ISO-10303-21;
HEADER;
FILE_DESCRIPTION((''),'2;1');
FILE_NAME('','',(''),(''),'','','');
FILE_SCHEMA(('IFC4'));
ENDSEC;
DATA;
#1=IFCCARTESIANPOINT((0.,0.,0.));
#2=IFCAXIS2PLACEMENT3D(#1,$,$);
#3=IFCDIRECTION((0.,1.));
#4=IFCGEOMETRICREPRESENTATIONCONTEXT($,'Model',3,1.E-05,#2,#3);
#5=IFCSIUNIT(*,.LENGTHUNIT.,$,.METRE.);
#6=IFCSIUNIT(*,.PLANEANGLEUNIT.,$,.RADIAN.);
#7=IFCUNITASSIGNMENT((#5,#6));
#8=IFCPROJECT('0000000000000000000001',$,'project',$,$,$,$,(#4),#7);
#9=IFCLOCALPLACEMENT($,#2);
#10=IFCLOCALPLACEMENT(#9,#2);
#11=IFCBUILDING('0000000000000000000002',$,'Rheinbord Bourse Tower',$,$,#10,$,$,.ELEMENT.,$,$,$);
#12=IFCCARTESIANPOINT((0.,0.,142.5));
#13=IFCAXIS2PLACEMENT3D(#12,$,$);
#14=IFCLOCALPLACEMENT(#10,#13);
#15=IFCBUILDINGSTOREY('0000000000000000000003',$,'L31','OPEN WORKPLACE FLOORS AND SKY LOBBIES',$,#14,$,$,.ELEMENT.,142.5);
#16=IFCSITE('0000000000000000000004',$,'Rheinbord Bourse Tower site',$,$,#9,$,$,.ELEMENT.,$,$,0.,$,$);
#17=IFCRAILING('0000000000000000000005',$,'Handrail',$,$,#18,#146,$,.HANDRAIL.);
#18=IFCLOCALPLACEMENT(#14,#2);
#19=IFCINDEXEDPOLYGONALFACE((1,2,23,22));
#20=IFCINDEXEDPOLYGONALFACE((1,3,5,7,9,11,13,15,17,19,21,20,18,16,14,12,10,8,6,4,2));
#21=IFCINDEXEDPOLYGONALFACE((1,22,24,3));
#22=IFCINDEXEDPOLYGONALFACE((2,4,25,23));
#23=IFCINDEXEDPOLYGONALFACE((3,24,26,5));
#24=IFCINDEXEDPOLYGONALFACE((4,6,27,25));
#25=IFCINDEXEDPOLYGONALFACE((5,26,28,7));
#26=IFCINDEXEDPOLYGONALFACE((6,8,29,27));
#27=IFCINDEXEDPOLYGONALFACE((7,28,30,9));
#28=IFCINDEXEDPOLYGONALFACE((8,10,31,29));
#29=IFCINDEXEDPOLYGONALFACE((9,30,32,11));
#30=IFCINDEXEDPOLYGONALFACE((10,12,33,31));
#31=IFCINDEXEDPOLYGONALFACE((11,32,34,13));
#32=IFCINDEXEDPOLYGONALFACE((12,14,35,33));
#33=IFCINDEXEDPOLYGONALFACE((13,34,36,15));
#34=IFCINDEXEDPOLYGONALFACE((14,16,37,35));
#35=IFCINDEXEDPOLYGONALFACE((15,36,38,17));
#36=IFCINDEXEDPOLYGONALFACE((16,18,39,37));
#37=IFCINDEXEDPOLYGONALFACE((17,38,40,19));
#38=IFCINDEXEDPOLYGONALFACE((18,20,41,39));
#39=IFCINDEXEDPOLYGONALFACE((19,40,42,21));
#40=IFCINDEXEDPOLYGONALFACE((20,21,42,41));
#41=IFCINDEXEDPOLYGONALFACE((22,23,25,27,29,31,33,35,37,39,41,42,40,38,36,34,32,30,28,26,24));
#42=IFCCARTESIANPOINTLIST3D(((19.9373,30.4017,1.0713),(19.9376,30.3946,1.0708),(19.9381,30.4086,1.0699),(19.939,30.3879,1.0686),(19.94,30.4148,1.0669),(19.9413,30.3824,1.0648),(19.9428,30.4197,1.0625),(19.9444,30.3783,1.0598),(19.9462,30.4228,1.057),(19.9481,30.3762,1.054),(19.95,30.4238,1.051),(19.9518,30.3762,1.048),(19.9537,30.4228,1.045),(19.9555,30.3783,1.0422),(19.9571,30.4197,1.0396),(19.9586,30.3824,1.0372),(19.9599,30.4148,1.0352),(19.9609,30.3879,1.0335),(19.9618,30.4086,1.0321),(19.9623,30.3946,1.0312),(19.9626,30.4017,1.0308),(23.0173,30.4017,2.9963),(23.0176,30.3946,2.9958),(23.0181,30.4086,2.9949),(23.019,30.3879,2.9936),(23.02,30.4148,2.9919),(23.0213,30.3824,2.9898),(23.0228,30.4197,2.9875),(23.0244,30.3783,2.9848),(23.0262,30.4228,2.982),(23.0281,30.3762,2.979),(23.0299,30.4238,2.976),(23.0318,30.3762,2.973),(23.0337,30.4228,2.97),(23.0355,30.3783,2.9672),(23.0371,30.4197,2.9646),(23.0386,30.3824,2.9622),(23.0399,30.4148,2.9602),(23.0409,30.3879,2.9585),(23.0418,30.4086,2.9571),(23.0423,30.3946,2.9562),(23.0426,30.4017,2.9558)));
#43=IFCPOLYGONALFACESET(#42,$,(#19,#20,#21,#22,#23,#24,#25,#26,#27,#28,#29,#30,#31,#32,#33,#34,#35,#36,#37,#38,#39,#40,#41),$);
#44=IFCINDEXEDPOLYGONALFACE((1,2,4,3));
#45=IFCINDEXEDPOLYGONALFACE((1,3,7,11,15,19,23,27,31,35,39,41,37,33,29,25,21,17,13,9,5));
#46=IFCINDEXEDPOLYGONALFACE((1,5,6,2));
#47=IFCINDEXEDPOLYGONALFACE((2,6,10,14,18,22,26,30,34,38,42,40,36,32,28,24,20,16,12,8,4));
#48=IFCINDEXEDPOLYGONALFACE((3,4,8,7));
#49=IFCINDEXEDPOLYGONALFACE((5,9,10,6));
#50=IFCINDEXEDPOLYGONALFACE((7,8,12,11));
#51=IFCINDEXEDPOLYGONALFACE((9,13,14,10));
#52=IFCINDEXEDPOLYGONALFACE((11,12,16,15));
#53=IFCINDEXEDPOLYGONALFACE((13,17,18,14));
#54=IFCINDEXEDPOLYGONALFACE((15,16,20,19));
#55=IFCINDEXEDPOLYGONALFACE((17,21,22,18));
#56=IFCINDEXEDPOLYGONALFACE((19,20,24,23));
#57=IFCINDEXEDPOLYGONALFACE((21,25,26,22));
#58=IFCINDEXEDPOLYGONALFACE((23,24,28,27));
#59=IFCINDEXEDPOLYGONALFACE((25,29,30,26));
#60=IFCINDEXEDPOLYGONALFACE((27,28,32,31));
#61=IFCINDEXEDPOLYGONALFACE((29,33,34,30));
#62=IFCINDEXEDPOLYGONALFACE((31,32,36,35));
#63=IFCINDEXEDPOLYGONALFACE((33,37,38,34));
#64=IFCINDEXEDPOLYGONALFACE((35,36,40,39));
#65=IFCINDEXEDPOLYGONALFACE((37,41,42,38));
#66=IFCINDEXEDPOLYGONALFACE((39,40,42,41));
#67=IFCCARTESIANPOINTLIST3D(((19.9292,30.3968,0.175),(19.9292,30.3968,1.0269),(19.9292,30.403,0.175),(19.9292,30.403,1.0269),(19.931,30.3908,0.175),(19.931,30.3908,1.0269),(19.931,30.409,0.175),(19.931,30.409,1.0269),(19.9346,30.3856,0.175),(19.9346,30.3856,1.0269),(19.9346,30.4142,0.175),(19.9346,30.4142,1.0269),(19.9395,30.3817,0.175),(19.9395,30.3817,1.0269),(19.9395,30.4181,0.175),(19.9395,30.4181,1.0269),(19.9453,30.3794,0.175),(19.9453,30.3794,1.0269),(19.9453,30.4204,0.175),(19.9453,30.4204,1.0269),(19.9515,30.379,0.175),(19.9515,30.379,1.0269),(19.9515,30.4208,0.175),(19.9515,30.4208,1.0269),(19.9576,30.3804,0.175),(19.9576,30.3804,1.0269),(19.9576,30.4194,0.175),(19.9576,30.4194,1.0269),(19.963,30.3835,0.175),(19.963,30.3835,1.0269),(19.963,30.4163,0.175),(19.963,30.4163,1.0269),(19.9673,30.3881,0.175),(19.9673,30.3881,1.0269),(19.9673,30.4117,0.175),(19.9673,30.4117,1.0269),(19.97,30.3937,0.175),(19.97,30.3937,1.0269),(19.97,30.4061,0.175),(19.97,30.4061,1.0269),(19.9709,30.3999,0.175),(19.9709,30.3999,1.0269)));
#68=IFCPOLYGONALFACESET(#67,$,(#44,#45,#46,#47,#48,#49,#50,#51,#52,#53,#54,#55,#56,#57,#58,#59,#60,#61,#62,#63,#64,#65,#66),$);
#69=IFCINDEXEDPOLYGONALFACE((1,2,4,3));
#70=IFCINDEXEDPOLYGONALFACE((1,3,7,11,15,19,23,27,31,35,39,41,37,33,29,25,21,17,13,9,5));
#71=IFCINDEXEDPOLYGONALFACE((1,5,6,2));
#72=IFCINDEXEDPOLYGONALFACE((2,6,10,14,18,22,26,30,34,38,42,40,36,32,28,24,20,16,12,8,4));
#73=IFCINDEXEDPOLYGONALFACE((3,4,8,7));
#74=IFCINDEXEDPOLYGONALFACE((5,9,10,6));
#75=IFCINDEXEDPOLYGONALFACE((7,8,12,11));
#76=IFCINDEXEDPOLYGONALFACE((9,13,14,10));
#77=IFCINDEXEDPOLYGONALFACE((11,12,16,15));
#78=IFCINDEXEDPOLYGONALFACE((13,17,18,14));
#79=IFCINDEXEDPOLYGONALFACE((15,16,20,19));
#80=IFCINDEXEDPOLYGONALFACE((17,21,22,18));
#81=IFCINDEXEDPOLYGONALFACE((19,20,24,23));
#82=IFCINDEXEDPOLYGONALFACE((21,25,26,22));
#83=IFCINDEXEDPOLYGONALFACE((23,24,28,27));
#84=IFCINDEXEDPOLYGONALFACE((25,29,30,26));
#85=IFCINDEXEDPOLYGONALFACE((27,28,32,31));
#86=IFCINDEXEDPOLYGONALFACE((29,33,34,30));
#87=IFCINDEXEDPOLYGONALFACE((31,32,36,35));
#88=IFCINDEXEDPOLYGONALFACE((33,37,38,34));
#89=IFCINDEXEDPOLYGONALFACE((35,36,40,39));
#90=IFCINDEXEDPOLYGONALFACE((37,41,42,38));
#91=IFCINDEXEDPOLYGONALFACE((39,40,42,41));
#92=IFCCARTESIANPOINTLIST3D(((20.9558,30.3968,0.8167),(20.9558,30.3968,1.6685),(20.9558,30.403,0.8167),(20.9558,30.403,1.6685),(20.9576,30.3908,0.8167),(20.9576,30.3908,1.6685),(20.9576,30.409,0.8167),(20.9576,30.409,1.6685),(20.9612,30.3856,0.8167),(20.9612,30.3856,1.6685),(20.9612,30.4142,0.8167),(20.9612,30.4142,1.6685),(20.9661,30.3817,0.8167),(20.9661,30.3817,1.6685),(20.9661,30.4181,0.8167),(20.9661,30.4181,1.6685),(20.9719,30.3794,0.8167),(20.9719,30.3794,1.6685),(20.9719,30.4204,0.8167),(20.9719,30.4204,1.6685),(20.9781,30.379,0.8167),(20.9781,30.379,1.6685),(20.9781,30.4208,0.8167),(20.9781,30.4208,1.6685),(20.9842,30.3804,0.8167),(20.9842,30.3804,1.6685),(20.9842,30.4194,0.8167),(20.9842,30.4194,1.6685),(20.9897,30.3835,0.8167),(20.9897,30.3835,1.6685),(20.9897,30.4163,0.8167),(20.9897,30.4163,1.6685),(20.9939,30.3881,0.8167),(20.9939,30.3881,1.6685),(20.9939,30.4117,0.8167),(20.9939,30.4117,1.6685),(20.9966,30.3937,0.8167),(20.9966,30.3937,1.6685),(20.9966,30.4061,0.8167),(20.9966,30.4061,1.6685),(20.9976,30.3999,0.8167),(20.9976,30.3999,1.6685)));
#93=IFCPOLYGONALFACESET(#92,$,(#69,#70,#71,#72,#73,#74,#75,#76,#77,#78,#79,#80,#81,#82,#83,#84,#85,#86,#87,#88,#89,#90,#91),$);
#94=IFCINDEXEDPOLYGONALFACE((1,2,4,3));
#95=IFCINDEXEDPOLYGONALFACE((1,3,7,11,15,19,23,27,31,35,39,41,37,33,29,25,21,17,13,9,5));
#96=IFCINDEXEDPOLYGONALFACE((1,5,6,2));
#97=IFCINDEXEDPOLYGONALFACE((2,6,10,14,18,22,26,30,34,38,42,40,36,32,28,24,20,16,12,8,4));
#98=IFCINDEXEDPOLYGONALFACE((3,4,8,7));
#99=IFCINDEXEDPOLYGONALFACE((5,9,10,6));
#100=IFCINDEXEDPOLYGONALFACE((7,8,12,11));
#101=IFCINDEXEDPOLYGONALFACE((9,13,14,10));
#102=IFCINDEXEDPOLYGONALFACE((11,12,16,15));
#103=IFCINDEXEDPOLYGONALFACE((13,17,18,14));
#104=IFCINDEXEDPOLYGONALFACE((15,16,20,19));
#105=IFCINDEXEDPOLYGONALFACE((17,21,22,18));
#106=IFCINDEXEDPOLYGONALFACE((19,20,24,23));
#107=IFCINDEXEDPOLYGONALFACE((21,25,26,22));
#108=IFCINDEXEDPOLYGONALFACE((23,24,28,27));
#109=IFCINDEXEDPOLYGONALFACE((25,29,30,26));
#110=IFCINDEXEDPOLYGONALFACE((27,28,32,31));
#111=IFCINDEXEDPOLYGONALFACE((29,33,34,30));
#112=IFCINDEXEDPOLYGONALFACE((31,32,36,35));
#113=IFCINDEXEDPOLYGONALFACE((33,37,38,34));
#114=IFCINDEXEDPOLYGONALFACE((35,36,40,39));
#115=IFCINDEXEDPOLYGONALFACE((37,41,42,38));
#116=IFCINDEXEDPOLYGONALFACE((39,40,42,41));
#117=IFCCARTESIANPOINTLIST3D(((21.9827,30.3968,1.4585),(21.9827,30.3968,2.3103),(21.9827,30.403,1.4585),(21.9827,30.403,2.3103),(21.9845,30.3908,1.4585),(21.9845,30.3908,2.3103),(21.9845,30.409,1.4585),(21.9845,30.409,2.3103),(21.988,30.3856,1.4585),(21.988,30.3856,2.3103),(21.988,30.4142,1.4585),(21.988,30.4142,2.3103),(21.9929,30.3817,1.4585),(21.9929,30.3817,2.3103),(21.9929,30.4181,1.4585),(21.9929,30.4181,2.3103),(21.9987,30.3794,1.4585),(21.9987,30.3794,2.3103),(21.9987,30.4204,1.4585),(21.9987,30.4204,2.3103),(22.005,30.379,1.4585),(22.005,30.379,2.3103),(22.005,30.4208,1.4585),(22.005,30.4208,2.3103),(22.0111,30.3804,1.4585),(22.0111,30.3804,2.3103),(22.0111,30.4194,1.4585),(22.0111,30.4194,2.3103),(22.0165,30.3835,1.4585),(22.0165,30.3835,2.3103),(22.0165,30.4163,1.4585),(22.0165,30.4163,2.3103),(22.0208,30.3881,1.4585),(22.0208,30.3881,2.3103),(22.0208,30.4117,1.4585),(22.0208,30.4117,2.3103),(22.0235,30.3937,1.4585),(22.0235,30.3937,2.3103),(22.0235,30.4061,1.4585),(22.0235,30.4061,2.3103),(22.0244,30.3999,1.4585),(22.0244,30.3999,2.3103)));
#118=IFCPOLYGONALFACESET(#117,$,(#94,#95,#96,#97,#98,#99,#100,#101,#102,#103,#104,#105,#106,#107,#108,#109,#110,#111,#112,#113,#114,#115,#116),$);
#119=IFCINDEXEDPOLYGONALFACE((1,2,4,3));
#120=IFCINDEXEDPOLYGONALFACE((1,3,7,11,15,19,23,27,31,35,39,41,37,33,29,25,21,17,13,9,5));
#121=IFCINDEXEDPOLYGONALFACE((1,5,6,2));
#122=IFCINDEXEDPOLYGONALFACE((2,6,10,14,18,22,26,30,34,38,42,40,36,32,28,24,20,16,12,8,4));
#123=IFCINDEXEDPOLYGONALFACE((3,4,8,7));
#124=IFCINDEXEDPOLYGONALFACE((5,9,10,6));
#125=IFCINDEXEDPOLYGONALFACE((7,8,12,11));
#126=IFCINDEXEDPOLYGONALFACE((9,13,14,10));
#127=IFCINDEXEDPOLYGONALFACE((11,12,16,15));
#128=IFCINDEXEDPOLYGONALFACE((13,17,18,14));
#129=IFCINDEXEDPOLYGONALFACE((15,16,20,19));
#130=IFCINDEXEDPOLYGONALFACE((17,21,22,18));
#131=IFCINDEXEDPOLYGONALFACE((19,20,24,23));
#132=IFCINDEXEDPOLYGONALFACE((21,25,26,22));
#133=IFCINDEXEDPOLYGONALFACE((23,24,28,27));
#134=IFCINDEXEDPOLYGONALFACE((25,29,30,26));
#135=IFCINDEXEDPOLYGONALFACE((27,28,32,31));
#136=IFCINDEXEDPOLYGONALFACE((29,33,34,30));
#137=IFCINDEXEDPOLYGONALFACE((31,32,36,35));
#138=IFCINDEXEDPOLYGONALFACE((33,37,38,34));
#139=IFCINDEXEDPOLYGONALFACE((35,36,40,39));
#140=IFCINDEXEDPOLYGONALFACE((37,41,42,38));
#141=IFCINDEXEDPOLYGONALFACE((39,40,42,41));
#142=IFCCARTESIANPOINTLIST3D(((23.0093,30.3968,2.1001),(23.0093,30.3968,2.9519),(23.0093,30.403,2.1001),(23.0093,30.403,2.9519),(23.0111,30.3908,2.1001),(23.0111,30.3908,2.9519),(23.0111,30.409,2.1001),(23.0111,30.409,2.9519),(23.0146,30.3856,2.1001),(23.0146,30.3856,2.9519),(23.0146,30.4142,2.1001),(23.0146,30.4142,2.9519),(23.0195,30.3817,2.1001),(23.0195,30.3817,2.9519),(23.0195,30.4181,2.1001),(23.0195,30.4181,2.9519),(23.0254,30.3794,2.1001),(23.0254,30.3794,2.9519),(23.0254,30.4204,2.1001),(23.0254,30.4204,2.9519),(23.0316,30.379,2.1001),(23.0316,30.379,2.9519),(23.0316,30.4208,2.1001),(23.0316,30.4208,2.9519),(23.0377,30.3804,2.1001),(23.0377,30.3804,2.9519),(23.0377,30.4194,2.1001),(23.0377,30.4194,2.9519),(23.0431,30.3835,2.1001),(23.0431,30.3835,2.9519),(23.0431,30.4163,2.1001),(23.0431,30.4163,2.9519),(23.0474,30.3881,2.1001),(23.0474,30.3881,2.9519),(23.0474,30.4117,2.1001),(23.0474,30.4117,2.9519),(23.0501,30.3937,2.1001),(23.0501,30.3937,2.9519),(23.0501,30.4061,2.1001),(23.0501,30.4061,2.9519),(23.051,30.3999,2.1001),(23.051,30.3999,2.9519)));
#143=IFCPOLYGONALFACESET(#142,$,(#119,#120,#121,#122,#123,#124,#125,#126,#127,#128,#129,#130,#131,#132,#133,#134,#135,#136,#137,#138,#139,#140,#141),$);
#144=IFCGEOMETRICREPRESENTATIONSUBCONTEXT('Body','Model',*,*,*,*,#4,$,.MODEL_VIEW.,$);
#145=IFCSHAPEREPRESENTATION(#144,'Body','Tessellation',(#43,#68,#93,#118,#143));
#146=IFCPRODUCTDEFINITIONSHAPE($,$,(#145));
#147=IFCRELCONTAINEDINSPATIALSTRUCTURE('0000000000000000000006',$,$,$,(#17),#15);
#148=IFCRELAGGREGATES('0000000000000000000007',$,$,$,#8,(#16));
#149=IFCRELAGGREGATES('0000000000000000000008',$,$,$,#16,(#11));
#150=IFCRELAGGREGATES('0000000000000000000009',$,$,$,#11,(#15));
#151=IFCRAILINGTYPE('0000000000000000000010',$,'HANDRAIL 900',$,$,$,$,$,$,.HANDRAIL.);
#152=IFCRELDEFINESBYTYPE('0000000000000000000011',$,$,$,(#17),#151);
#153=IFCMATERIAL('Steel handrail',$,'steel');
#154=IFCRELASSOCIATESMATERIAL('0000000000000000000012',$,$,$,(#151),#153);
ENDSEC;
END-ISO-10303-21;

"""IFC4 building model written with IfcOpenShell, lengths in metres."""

from ifc_helpers import new_model, si_unit, direction, frame, origin, origin_2d, place, context, subcontext, project, spatial, circle, extrude, material, type_object, element, save


model = new_model("IFC4")

# Units and contexts
model_context = context("Model", 3, precision=1e-05, world=origin(), true_north=direction((0.0, 1.0)))
body_context = subcontext(model_context, "Body", "Model", "MODEL_VIEW")
ifc_project = project(units=[si_unit("LENGTHUNIT", "METRE"), si_unit("PLANEANGLEUNIT", "RADIAN")], contexts=[model_context])

# Site, building, storey
site_placement = place(None, origin())
site = spatial("IfcSite", under=ifc_project, at=site_placement, Name="Rheinbord Bourse Tower site", CompositionType="ELEMENT", RefElevation=0.0)
building_placement = place(site_placement, origin())
building = spatial("IfcBuilding", under=site, at=building_placement, Name="Rheinbord Bourse Tower", CompositionType="ELEMENT")
storey_placement = place(building_placement, frame((0.0, 0.0, 142.5)))
storey = spatial("IfcBuildingStorey", under=building, at=storey_placement, Name="L31", Description="OPEN WORKPLACE FLOORS AND SKY LOBBIES", CompositionType="ELEMENT", Elevation=142.5)

# Railing
ifc_material_1 = material(Name="Steel handrail", Category="steel")
railing_type = type_object("IfcRailingType", Name="HANDRAIL 900", PredefinedType="HANDRAIL", material=ifc_material_1)
railing_1_placement = place(storey_placement, frame((19.95, 30.3999, 0.175)))
element("IfcRailing", 1, at=railing_1_placement, inside=storey, type_object=railing_type, Name="Handrail", PredefinedType="HANDRAIL", context=body_context, shape_type="SweptSolid", body=[
    extrude(circle(Radius=0.0239, at=origin_2d()), frame((0.0, 0.0, 0.876), z_axis=(0.847998, 0.0, 0.529999), x_axis=(0.0, 1.0, 0.0)), (0.0, 0.0, 1.0), 3.6321),
    extrude(circle(Radius=0.021, at=origin_2d()), origin(), (0.0, 0.0, 1.0), 0.8518),
    extrude(circle(Radius=0.021, at=origin_2d()), frame((1.0266, 0.0, 0.6416)), (0.0, 0.0, 1.0), 0.8518),
    extrude(circle(Radius=0.021, at=origin_2d()), frame((2.0535, 0.0, 1.2834)), (0.0, 0.0, 1.0), 0.8518),
    extrude(circle(Radius=0.021, at=origin_2d()), frame((3.0801, 0.0, 1.925)), (0.0, 0.0, 1.0), 0.8518),
])

save(model, "model.ifc")
